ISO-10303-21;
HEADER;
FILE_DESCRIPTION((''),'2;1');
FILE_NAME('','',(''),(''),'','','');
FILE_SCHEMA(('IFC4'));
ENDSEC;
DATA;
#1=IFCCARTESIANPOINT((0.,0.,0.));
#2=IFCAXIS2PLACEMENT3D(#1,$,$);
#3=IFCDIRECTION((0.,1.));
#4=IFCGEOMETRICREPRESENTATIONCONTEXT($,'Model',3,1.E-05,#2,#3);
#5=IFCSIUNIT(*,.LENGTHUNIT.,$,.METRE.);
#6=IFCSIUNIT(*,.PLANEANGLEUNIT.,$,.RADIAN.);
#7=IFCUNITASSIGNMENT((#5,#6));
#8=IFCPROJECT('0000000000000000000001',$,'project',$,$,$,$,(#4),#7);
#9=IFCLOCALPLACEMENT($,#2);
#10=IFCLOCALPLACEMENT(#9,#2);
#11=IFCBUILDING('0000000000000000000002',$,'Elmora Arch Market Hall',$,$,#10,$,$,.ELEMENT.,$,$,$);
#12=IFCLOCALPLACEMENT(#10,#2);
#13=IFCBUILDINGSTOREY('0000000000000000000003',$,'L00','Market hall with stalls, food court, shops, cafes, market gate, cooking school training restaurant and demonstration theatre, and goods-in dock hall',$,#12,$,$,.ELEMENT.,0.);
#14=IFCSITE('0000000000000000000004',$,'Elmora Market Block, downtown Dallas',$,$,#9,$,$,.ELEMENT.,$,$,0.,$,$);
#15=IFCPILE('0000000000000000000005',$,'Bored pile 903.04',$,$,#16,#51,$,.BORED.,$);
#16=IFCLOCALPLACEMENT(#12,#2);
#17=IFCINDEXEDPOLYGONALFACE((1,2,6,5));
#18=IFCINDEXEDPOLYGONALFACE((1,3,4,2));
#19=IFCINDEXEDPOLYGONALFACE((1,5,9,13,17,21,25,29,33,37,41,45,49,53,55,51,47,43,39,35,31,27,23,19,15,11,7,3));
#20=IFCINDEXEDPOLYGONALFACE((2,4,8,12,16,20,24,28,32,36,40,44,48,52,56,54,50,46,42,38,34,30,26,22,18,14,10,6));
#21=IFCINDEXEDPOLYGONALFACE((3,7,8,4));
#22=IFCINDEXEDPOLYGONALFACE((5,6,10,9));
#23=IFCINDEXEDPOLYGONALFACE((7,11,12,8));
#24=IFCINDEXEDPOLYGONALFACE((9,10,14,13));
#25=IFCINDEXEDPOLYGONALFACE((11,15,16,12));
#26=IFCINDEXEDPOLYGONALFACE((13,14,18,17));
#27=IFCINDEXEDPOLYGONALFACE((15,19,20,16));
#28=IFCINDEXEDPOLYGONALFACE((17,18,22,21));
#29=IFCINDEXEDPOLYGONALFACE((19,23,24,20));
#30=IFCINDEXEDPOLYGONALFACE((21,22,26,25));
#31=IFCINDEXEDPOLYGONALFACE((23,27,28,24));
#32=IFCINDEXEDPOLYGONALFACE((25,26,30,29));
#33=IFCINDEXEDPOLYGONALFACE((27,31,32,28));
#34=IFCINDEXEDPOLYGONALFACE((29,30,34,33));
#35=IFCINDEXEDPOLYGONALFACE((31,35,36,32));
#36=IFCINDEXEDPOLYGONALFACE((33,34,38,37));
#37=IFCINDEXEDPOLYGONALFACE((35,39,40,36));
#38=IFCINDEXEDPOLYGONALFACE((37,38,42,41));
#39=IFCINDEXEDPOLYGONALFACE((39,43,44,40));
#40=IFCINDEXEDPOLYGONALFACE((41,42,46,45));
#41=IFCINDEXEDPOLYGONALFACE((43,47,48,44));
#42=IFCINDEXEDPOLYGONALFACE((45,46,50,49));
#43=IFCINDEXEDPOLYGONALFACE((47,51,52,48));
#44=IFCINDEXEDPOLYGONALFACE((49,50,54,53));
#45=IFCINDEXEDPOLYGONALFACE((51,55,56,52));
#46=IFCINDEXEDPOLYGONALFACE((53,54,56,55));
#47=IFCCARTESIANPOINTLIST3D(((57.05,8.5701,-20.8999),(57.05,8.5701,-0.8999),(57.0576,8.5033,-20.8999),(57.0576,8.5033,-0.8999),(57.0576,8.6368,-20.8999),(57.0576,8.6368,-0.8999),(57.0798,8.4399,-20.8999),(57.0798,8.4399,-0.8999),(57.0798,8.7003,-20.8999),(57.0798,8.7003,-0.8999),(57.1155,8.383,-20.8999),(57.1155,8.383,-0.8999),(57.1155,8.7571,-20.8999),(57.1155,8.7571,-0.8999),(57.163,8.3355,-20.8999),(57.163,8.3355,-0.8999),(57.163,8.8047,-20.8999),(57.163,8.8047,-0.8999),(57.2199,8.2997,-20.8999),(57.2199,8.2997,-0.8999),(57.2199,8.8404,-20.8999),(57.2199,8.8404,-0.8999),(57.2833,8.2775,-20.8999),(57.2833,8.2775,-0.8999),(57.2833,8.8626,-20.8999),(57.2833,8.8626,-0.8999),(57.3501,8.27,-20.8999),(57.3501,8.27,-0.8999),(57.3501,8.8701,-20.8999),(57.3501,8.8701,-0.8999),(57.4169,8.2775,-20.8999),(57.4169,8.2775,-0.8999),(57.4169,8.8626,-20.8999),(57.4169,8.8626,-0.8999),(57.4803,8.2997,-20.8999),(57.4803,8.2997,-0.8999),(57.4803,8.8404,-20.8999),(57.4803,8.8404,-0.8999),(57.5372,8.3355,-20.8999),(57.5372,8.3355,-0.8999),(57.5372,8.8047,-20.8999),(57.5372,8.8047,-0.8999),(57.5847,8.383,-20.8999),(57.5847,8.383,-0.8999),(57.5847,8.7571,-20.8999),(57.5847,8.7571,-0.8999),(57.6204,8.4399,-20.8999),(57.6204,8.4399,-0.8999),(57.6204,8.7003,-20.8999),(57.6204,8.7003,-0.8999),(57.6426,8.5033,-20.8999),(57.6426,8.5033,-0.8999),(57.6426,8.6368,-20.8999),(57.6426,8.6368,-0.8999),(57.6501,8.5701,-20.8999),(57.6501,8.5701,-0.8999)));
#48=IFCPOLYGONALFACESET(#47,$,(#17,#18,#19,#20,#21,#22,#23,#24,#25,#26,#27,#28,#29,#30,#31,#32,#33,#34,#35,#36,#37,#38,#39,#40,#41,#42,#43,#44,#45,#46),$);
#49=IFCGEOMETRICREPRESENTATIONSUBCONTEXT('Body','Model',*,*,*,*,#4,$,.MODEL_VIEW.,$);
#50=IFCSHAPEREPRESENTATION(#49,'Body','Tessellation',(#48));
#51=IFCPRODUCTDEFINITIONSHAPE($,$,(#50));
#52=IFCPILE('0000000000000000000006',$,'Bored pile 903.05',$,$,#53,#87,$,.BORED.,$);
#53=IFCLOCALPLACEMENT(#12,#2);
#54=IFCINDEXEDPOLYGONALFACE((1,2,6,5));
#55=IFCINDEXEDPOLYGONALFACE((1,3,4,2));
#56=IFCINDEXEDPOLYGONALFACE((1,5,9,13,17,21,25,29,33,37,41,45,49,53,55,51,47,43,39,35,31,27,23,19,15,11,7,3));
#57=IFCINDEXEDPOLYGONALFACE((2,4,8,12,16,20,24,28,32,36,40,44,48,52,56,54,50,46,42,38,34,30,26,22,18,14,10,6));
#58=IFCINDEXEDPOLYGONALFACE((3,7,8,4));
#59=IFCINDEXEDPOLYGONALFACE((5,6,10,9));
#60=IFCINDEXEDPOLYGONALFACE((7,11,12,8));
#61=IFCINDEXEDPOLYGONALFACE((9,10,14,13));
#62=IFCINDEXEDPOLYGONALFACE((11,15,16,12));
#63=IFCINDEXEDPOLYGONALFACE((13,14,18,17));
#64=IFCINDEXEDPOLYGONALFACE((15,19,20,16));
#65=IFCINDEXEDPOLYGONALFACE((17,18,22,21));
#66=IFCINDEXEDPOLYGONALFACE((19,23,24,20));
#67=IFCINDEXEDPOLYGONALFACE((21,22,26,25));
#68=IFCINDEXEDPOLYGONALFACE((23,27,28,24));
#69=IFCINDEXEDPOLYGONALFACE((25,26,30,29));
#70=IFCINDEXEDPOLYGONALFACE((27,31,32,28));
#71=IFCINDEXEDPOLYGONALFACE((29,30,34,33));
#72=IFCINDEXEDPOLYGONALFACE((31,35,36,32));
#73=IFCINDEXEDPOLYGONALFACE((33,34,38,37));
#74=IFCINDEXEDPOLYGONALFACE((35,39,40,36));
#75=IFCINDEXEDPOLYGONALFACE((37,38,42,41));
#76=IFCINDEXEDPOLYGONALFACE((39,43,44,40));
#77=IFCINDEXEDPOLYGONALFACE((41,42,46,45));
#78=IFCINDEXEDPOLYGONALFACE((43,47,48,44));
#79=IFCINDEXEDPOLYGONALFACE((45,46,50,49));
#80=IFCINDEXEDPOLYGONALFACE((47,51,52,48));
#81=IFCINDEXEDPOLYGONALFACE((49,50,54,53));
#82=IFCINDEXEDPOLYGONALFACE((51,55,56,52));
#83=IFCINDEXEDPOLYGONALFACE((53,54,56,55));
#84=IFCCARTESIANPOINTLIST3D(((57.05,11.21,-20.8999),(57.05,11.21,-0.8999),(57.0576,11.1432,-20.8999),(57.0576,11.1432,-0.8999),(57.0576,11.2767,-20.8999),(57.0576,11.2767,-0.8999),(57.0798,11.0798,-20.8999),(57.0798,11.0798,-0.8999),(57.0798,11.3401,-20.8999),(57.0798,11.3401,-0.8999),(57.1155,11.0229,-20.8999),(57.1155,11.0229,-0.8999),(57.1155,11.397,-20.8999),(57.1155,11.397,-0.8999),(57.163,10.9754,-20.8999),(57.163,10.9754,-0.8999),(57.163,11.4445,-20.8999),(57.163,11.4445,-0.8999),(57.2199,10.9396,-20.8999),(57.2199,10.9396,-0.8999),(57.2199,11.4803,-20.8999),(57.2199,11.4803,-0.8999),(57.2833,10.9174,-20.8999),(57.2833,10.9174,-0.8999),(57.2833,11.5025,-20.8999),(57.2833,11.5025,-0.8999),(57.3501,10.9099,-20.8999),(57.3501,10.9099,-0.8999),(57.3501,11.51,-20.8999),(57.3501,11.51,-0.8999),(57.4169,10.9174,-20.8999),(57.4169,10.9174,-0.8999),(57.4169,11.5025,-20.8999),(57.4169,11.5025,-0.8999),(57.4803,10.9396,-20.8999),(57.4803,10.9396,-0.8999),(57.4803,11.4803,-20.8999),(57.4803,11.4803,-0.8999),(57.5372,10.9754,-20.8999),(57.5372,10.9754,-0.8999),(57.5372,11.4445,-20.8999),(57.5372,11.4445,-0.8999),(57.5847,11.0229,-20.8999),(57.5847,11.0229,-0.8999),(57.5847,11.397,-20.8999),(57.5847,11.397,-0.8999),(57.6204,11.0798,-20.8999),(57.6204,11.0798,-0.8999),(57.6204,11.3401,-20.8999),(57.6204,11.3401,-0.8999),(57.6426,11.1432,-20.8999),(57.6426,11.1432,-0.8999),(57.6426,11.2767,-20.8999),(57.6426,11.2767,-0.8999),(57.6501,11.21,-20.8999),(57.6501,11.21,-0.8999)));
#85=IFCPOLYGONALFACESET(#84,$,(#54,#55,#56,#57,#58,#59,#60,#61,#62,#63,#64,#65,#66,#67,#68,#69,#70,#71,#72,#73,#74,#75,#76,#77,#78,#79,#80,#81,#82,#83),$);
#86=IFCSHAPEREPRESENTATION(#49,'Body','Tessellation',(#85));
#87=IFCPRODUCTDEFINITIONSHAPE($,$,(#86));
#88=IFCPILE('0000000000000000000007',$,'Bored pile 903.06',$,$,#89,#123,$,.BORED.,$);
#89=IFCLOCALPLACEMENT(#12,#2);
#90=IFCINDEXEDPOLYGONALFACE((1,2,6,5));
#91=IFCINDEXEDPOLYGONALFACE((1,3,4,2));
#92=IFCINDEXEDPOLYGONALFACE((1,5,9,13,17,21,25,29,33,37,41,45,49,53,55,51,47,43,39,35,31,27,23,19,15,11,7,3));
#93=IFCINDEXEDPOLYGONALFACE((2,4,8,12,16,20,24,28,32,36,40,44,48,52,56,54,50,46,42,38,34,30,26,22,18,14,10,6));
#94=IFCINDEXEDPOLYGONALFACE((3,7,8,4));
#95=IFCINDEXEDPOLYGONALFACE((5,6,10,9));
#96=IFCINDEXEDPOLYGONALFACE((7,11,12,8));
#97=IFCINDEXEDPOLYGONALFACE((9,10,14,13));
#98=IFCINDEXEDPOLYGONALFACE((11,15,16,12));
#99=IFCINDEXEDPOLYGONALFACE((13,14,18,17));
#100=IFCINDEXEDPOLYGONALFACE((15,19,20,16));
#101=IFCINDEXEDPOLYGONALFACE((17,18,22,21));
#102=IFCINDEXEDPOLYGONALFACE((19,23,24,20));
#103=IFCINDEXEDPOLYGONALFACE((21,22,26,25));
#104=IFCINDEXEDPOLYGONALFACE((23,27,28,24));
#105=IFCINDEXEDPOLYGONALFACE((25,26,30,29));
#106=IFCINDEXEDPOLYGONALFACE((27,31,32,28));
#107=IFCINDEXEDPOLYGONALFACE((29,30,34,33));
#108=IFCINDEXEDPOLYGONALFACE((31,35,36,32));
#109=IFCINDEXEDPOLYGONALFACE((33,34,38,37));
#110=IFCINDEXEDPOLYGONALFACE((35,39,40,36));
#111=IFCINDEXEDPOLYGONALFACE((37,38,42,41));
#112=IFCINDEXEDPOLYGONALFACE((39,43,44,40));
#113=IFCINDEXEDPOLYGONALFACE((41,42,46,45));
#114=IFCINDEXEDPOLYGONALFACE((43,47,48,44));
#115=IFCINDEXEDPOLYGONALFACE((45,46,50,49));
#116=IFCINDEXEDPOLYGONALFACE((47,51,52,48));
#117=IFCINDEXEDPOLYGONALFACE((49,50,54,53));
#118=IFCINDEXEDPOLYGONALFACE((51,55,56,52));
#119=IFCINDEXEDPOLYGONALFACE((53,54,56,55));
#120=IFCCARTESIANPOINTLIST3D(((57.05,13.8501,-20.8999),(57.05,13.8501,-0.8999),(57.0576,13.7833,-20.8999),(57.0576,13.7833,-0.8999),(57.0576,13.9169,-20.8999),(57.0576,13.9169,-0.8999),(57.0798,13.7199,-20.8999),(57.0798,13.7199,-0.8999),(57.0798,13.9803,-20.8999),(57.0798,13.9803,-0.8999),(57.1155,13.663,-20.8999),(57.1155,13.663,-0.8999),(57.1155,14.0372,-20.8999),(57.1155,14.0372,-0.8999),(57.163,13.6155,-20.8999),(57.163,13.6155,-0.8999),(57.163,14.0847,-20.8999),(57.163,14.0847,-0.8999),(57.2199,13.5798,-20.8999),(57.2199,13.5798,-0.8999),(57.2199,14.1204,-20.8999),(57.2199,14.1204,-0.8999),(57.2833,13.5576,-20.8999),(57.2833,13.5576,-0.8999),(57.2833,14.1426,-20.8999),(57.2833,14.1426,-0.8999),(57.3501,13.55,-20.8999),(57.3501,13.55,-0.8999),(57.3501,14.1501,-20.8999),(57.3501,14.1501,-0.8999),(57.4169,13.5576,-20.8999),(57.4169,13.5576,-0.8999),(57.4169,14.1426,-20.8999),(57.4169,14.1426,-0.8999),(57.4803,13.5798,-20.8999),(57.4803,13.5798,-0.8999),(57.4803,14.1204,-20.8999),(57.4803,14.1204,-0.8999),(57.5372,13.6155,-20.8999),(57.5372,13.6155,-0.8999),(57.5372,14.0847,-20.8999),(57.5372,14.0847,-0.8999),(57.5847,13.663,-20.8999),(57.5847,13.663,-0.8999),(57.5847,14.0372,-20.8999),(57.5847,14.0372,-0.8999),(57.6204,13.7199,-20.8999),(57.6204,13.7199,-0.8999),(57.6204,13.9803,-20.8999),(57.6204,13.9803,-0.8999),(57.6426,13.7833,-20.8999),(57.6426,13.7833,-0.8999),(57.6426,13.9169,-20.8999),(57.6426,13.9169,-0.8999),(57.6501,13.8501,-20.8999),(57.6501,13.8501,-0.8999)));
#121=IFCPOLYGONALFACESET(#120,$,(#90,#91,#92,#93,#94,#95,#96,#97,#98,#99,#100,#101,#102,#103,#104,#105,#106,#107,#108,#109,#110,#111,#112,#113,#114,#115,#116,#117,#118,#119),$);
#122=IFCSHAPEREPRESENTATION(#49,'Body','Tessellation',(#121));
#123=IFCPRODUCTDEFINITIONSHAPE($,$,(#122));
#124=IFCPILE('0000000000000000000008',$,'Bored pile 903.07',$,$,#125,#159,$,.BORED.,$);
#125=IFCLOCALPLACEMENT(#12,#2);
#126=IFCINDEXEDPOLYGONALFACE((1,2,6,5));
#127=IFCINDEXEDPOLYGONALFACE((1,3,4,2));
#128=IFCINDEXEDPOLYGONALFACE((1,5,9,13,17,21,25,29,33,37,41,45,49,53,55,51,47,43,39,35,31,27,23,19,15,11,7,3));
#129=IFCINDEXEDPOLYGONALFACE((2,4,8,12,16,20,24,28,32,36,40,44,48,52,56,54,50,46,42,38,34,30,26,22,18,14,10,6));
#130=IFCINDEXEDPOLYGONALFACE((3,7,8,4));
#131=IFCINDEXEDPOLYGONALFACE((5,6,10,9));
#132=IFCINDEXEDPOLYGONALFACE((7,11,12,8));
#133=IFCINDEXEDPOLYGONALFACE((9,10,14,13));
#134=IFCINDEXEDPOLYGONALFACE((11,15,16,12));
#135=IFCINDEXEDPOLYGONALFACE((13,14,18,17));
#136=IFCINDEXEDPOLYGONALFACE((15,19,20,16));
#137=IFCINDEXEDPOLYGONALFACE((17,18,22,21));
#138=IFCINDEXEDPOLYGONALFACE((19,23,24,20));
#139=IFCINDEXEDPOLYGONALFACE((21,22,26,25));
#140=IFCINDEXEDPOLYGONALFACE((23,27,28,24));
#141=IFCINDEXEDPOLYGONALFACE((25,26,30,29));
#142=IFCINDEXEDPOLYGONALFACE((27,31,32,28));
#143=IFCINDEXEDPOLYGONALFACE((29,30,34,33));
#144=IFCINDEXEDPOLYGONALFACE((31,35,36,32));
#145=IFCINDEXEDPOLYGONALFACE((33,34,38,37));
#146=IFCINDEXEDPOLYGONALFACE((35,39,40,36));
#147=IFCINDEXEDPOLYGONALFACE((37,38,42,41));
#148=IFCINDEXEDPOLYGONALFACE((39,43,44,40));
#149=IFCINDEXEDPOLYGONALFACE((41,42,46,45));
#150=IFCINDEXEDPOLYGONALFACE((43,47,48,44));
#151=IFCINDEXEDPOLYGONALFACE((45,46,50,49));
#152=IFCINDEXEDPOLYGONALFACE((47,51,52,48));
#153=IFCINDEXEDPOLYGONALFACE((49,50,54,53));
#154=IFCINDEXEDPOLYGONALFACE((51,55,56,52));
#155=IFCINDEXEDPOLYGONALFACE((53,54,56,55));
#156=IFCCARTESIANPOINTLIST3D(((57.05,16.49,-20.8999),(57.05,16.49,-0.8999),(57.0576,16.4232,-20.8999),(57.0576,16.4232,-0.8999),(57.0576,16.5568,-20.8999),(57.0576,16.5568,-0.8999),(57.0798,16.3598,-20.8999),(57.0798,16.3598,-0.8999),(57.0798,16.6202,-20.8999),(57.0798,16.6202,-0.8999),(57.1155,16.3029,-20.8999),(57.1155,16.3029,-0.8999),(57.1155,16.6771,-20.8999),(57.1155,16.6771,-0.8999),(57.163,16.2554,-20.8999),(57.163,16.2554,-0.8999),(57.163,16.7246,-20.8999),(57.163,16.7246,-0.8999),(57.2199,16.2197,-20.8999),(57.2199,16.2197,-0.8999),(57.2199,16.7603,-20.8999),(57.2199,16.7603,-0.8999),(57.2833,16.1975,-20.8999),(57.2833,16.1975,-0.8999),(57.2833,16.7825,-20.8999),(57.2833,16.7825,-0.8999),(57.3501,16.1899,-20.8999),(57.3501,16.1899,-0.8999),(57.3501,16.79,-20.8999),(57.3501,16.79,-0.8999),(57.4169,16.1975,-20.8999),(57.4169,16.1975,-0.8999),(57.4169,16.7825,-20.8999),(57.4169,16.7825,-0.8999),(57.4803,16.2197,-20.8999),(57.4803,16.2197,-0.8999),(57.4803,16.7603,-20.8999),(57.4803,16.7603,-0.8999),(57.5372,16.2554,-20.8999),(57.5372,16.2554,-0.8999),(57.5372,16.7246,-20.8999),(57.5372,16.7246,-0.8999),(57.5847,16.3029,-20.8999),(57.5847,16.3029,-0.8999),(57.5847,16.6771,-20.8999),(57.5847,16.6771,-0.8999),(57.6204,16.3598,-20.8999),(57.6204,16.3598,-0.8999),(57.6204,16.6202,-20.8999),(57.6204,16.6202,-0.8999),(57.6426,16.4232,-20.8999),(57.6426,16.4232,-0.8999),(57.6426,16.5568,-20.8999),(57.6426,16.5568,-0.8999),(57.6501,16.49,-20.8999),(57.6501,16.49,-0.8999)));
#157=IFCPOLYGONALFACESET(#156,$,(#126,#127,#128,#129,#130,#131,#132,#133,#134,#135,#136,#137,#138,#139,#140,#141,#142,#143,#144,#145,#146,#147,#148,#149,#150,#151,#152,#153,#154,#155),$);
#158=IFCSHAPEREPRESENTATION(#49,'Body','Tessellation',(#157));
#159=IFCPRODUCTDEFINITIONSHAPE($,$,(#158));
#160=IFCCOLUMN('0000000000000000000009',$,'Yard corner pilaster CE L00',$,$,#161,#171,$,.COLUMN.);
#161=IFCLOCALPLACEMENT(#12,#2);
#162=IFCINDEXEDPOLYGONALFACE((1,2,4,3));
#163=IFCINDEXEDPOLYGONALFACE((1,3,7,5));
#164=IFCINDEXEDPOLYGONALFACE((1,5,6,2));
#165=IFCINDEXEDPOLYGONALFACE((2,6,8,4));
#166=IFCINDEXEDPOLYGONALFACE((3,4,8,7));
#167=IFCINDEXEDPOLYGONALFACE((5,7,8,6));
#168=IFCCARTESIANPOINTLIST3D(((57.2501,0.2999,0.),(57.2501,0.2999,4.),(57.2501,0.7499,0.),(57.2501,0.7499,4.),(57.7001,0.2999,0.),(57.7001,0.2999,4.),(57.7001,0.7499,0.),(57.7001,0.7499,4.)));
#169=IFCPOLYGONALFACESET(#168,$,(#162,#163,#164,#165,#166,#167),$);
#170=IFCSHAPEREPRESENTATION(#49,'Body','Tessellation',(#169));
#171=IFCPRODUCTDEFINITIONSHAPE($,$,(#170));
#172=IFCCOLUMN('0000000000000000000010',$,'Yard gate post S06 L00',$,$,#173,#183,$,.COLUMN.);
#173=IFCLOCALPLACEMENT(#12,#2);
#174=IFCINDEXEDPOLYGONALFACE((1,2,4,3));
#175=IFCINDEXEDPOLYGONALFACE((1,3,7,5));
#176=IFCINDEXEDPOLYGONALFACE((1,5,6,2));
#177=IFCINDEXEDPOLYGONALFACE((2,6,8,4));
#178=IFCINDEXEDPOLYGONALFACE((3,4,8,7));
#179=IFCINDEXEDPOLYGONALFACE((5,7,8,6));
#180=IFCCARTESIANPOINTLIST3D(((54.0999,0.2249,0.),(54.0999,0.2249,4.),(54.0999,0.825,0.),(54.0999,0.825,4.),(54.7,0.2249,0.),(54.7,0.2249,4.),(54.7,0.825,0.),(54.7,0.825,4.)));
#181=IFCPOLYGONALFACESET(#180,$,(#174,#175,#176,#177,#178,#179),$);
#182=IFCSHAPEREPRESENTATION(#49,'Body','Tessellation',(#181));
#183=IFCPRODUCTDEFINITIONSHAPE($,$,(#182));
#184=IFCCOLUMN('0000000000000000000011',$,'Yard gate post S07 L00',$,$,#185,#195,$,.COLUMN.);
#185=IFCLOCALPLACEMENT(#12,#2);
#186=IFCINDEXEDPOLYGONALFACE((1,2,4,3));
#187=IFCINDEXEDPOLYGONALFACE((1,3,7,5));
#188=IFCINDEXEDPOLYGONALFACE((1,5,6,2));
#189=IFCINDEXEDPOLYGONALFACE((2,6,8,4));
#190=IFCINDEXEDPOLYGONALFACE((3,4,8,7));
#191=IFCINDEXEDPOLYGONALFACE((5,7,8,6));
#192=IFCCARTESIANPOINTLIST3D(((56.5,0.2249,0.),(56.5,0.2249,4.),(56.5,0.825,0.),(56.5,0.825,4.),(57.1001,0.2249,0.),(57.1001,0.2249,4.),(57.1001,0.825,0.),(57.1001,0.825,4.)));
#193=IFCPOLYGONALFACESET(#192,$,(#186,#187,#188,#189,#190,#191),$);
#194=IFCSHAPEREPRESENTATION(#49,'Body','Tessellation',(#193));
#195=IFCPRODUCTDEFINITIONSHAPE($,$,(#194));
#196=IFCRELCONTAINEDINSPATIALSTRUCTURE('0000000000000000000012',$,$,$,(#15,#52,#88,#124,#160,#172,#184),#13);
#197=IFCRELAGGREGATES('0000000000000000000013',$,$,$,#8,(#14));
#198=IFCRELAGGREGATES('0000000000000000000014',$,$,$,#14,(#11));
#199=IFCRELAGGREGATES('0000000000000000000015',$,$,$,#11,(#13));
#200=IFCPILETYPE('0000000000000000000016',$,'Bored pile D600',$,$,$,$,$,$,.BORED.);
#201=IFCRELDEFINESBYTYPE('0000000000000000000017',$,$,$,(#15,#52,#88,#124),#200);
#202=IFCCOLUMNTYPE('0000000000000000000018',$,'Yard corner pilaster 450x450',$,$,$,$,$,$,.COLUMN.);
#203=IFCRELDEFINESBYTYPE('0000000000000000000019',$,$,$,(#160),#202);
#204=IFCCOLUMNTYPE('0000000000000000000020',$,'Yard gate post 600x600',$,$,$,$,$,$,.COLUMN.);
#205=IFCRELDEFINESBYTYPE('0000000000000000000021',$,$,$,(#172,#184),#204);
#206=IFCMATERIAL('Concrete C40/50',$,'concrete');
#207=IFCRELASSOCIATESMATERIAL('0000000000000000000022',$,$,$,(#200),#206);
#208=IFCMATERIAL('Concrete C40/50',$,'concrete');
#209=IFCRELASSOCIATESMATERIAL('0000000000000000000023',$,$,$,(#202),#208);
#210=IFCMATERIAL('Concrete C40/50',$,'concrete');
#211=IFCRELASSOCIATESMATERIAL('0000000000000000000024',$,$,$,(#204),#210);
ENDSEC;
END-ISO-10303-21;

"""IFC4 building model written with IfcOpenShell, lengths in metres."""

from ifc_helpers import new_model, si_unit, direction, frame, origin, origin_2d, place, context, subcontext, project, spatial, rectangle, circle, extrude, material, material_profile, profile_set, type_object, element, save


model = new_model("IFC4")

# Units and contexts
model_context = context("Model", 3, precision=1e-05, world=origin(), true_north=direction((0.0, 1.0)))
body_context = subcontext(model_context, "Body", "Model", "MODEL_VIEW")
ifc_project = project(units=[si_unit("LENGTHUNIT", "METRE"), si_unit("PLANEANGLEUNIT", "RADIAN")], contexts=[model_context])

# Site, building, storey
site_placement = place(None, origin())
site = spatial("IfcSite", under=ifc_project, at=site_placement, Name="Elmora Market Block, downtown Dallas", CompositionType="ELEMENT", RefElevation=0.0)
building_placement = place(site_placement, origin())
building = spatial("IfcBuilding", under=site, at=building_placement, Name="Elmora Arch Market Hall", CompositionType="ELEMENT")
storey_placement = place(building_placement, origin())
storey = spatial("IfcBuildingStorey", under=building, at=storey_placement, Name="L00", Description="Market hall with stalls, food court, shops, cafes, market gate, cooking school training restaurant and demonstration theatre, and goods-in dock hall", CompositionType="ELEMENT", Elevation=0.0)

# Piles
ifc_material_1 = material(Name="Concrete C40/50", Category="concrete")
ifc_material_profile_1 = material_profile(ifc_material_1, circle(Radius=0.3, at=origin_2d()), Name="Bored pile D600")
ifc_profile_set_1 = profile_set([ifc_material_profile_1], Name="Concrete C40/50")
pile_type = type_object("IfcPileType", Name="Bored pile D600", PredefinedType="BORED", material=ifc_profile_set_1)
for number, where, z_axis, x_axis, name in (
    (1, (57.3501, 8.5701, -0.8999), (0.0, 0.0, -1.0), (1.0, 0.0, 0.0), "Bored pile 903.04"),
    (2, (57.3501, 11.21, -0.8999), (0.0, 0.0, -1.0), (1.0, 0.0, 0.0), "Bored pile 903.05"),
    (3, (57.3501, 13.8501, -0.8999), (0.0, 0.0, -1.0), (1.0, 0.0, 0.0), "Bored pile 903.06"),
    (4, (57.3501, 16.49, -0.8999), (0.0, 0.0, -1.0), (1.0, 0.0, 0.0), "Bored pile 903.07"),
):
    element("IfcPile", number, at=place(storey_placement, frame(where, z_axis=z_axis, x_axis=x_axis)), inside=storey, type_object=pile_type, Name=name, PredefinedType="BORED", context=body_context, shape_type="SweptSolid", body=[
        extrude(circle(Radius=0.3, at=origin_2d()), origin(), (0.0, 0.0, 1.0), 20.0),
    ])

# Columns
ifc_material_2 = material(Name="Concrete C40/50", Category="concrete")
ifc_material_profile_2 = material_profile(ifc_material_2, rectangle(XDim=0.45, YDim=0.45, at=origin_2d()), Name="Yard corner pilaster 450x450")
ifc_profile_set_2 = profile_set([ifc_material_profile_2], Name="Concrete C40/50")
column_type_1 = type_object("IfcColumnType", Name="Yard corner pilaster 450x450", PredefinedType="COLUMN", material=ifc_profile_set_2)
column_placement = place(storey_placement, frame((57.4751, 0.5249, 0.0), z_axis=(0.0, 0.0, 1.0), x_axis=(1.0, 0.0, 0.0)))
element("IfcColumn", 5, at=column_placement, inside=storey, type_object=column_type_1, Name="Yard corner pilaster CE L00", PredefinedType="COLUMN", context=body_context, shape_type="SweptSolid", body=[
    extrude(rectangle(XDim=0.45, YDim=0.45, at=origin_2d()), origin(), (0.0, 0.0, 1.0), 4.0),
])
ifc_material_3 = material(Name="Concrete C40/50", Category="concrete")
ifc_material_profile_3 = material_profile(ifc_material_3, rectangle(XDim=0.6001, YDim=0.6001, at=origin_2d()), Name="Yard gate post 600x600")
ifc_profile_set_3 = profile_set([ifc_material_profile_3], Name="Concrete C40/50")
column_type_2 = type_object("IfcColumnType", Name="Yard gate post 600x600", PredefinedType="COLUMN", material=ifc_profile_set_3)
for number, where, z_axis, x_axis, name in (
    (6, (54.3999, 0.5249, 0.0), (0.0, 0.0, 1.0), (1.0, 0.0, 0.0), "Yard gate post S06 L00"),
    (7, (56.8, 0.5249, 0.0), (0.0, 0.0, 1.0), (1.0, 0.0, 0.0), "Yard gate post S07 L00"),
):
    element("IfcColumn", number, at=place(storey_placement, frame(where, z_axis=z_axis, x_axis=x_axis)), inside=storey, type_object=column_type_2, Name=name, PredefinedType="COLUMN", context=body_context, shape_type="SweptSolid", body=[
        extrude(rectangle(XDim=0.6001, YDim=0.6001, at=origin_2d()), origin(), (0.0, 0.0, 1.0), 4.0),
    ])

save(model, "model.ifc")
